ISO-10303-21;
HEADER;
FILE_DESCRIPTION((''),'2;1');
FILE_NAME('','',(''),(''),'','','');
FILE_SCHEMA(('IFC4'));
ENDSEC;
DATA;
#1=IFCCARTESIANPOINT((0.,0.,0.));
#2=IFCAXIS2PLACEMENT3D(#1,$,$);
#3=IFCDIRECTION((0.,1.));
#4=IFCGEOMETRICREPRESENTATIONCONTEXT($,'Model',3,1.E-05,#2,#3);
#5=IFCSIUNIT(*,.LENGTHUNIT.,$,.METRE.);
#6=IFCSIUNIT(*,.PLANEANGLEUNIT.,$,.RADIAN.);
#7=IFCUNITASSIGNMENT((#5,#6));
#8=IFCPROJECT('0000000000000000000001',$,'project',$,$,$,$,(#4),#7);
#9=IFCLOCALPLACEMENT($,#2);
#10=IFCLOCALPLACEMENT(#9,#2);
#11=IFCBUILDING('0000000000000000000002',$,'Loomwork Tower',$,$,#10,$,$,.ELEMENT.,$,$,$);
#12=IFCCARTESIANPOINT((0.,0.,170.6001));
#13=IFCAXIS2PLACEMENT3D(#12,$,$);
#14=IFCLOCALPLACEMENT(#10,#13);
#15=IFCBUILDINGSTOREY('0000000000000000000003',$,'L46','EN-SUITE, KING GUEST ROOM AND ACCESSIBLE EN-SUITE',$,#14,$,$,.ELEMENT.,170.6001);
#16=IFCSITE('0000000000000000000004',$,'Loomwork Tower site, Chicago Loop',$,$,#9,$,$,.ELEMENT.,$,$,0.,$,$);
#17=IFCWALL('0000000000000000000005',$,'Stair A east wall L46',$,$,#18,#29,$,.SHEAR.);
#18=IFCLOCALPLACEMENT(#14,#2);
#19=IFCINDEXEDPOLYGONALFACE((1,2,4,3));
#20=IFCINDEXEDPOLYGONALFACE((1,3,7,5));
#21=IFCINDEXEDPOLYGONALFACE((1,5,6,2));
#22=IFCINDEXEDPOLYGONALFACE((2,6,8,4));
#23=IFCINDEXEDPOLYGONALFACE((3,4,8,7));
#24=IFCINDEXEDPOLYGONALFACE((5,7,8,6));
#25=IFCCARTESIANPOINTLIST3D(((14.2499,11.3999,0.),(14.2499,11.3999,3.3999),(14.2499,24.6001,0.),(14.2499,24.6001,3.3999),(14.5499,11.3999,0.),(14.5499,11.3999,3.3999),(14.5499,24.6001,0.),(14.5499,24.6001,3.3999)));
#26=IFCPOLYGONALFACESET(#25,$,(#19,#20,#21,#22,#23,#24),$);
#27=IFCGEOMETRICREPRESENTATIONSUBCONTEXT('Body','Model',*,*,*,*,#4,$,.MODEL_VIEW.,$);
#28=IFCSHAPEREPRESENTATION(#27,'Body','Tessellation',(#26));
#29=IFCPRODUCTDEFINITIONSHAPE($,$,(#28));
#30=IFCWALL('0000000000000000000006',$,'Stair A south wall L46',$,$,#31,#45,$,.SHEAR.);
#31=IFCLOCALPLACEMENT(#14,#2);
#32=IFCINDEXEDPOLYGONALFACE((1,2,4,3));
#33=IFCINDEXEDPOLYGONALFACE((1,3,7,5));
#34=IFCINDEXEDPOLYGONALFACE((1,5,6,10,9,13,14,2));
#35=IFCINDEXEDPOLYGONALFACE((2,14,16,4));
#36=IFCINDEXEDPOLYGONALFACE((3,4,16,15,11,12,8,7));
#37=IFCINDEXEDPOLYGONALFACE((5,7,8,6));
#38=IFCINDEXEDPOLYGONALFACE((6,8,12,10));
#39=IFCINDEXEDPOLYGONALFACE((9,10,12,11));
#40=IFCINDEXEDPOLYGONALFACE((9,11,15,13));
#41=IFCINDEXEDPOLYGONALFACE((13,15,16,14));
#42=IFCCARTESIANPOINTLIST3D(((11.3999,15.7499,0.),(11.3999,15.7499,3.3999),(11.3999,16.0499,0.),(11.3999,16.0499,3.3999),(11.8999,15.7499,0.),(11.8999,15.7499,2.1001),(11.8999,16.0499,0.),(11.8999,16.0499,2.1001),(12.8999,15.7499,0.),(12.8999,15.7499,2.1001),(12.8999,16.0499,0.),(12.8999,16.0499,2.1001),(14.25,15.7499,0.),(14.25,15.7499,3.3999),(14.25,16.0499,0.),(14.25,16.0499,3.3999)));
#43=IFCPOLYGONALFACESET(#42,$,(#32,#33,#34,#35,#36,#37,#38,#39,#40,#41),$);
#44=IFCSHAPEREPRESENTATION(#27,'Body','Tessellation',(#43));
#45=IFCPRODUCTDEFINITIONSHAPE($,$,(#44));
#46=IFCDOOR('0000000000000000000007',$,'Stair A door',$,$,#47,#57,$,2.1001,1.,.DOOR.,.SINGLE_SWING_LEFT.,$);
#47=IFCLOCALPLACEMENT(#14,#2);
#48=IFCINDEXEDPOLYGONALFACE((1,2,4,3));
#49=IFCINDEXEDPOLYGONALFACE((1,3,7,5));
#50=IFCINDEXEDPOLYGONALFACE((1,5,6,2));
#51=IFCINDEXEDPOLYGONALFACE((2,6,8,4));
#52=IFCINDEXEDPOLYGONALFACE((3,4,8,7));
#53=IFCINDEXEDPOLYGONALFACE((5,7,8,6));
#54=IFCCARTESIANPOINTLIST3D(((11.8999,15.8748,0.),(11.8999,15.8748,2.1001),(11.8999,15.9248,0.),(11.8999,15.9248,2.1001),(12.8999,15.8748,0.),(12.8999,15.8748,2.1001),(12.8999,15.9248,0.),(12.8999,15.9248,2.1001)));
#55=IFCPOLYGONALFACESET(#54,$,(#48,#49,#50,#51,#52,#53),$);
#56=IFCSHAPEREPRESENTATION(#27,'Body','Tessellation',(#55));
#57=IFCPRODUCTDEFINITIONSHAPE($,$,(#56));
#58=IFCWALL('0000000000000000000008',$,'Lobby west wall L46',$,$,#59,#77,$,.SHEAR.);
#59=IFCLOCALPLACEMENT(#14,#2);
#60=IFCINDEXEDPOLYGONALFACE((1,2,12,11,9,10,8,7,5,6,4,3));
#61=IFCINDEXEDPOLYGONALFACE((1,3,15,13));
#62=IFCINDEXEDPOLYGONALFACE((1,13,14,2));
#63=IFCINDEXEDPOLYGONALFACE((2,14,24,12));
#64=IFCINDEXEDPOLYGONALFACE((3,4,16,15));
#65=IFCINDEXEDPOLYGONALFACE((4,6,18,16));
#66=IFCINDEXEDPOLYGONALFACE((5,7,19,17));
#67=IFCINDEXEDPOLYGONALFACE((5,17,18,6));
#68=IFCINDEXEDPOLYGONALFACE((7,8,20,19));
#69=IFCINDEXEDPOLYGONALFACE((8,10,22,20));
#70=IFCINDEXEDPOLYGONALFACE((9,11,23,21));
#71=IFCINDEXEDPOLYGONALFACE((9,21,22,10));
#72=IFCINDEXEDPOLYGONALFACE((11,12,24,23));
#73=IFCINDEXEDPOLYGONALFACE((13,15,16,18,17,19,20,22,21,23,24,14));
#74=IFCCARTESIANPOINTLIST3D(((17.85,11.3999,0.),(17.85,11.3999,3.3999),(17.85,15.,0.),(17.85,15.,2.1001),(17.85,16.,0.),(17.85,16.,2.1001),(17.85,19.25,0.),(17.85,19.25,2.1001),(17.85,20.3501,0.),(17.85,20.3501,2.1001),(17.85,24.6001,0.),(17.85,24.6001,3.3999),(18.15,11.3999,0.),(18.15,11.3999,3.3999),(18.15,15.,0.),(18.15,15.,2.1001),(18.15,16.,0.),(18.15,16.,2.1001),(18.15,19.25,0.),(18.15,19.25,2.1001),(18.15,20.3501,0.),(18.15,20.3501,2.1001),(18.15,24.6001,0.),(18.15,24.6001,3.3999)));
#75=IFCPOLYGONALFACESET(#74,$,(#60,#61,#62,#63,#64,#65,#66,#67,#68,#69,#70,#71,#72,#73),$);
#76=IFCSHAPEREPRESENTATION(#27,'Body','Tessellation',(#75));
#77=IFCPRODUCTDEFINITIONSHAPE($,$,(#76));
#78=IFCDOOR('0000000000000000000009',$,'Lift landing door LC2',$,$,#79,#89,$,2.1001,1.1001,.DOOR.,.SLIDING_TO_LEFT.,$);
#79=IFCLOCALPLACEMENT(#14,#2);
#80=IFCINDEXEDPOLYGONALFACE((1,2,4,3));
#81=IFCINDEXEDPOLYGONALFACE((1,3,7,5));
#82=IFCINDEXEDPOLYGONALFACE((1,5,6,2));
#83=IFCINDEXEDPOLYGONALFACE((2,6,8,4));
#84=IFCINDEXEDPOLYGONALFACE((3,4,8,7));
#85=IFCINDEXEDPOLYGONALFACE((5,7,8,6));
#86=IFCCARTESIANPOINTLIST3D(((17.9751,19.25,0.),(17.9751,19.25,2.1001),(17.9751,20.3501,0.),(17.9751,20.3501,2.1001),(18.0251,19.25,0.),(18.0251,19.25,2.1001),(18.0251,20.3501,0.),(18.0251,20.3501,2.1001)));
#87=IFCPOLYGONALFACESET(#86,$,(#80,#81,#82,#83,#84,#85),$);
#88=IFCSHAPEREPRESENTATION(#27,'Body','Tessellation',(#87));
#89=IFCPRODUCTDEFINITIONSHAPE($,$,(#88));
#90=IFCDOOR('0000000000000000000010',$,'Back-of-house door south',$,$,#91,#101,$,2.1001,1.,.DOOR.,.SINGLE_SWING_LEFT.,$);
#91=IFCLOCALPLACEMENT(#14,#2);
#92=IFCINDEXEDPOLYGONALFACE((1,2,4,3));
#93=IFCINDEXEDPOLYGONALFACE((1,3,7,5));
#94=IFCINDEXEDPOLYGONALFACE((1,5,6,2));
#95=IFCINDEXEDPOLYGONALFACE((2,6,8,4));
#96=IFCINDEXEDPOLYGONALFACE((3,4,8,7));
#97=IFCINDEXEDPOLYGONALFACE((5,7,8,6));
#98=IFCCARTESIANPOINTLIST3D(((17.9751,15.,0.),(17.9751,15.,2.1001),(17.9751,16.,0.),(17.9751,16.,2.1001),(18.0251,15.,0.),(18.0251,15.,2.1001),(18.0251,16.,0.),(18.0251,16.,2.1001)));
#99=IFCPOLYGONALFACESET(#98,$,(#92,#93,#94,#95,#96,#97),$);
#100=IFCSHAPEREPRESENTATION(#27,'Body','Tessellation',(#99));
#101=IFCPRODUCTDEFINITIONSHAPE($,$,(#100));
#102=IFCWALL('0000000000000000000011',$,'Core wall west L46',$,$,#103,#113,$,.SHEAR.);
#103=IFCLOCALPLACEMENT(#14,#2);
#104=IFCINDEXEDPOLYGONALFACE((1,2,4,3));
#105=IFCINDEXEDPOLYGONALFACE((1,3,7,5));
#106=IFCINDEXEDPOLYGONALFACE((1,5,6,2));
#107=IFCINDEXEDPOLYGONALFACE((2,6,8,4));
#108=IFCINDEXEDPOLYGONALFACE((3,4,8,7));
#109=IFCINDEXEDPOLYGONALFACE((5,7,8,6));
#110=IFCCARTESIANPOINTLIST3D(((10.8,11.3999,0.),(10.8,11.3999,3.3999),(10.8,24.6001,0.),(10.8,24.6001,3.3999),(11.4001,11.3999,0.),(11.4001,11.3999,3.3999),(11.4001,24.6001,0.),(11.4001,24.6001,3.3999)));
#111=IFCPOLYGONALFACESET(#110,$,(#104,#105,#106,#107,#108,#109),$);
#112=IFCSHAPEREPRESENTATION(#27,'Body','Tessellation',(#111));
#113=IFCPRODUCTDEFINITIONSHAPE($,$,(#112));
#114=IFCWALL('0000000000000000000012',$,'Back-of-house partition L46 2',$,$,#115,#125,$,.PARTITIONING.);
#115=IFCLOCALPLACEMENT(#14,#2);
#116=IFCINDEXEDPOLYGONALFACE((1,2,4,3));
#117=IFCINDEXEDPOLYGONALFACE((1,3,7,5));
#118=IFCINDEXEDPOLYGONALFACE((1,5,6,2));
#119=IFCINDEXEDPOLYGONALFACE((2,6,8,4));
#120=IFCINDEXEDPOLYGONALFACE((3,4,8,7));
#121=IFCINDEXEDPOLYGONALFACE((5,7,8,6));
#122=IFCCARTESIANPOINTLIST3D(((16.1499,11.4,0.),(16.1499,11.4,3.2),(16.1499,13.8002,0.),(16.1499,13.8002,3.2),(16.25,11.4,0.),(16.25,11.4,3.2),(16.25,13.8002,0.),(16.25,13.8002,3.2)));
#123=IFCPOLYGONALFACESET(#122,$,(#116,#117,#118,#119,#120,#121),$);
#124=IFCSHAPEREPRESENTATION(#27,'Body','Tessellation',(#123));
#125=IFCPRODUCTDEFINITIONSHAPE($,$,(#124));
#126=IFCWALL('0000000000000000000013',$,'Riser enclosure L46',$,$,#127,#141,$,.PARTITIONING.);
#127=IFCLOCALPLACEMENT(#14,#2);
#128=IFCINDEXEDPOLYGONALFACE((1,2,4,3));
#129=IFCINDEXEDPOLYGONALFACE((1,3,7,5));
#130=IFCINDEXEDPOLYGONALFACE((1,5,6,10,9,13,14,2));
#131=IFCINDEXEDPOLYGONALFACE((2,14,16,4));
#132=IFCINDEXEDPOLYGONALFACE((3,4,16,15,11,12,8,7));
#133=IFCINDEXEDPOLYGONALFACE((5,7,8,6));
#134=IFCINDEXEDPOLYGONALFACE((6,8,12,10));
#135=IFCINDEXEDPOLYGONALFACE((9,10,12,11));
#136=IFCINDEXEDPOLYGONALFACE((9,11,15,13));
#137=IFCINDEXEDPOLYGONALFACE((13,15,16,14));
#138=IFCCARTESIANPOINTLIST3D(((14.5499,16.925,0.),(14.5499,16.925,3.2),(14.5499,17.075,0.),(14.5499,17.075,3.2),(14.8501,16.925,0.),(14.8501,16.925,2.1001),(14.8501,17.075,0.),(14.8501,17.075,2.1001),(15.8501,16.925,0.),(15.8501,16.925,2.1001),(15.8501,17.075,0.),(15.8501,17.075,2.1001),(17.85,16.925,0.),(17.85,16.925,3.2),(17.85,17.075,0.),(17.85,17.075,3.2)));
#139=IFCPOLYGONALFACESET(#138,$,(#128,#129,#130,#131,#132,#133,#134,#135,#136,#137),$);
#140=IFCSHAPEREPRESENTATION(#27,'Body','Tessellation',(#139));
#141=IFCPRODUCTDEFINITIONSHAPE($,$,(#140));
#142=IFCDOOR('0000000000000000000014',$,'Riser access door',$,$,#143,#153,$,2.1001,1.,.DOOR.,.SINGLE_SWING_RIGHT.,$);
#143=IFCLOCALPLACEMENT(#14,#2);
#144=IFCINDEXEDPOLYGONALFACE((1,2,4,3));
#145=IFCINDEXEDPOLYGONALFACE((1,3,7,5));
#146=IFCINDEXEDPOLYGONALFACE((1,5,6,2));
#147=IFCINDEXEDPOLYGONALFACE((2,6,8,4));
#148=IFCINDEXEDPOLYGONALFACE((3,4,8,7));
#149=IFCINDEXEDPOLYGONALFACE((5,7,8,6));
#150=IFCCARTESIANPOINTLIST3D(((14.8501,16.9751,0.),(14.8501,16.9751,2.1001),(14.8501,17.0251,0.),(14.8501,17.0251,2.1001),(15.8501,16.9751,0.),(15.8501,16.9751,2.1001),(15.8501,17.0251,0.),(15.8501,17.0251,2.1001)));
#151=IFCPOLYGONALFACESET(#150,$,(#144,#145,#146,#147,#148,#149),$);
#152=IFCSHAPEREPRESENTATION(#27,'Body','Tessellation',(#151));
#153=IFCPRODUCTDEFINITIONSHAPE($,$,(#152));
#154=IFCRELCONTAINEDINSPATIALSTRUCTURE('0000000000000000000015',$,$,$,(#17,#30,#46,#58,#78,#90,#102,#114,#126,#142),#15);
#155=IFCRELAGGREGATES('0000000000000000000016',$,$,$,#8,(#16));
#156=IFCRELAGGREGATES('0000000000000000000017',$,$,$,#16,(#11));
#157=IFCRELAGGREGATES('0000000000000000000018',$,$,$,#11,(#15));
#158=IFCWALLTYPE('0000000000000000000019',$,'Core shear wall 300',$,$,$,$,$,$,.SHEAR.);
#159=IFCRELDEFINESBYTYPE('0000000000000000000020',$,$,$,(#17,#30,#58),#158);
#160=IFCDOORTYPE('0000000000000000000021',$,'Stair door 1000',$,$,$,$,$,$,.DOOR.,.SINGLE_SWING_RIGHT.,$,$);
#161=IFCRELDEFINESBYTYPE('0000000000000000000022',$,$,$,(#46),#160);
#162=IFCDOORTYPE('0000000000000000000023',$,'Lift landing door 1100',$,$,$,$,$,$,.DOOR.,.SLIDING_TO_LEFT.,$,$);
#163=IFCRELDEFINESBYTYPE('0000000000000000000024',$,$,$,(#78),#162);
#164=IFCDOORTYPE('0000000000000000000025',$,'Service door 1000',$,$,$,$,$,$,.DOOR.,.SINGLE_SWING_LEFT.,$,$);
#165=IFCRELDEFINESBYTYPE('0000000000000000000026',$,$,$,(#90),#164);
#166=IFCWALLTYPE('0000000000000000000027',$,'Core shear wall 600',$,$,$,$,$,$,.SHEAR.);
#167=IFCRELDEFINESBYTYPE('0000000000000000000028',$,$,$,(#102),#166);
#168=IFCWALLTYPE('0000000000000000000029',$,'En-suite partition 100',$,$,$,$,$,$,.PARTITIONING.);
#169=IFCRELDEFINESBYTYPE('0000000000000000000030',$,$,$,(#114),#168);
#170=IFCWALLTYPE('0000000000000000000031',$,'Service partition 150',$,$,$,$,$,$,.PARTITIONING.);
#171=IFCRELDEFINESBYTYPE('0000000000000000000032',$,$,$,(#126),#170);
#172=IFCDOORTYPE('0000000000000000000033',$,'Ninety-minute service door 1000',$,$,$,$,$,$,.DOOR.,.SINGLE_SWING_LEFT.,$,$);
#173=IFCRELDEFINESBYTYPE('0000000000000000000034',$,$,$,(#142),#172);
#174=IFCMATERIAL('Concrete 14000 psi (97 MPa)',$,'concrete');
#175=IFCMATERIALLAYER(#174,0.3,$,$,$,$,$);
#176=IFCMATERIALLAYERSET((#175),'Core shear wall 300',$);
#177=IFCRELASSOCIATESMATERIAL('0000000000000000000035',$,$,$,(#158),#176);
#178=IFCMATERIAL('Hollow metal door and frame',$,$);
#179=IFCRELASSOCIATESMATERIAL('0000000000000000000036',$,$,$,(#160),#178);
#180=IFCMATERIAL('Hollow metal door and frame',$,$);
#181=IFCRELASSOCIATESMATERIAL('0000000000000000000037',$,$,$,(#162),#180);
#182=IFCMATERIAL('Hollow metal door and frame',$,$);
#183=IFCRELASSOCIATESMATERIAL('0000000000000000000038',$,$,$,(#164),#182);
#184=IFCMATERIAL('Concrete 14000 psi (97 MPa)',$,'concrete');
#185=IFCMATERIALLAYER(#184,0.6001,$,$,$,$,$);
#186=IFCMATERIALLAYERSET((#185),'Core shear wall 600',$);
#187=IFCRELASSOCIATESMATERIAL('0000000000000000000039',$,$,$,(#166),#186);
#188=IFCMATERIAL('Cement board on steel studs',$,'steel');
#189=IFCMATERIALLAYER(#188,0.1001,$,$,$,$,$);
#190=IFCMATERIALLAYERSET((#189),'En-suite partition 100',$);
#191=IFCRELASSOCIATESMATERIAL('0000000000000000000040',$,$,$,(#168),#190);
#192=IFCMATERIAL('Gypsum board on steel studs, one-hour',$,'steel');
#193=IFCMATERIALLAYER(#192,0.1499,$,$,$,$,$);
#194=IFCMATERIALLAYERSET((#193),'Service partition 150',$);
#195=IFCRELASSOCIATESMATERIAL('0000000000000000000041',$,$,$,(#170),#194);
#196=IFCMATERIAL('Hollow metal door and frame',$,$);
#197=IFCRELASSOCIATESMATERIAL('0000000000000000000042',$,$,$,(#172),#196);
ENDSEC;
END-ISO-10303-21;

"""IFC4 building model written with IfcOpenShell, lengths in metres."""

from ifc_helpers import new_model, si_unit, direction, frame, frame_2d, origin, place, context, subcontext, project, spatial, rectangle, extrude, material, layer, layer_set, type_object, element, fill, save


model = new_model("IFC4")

# Units and contexts
model_context = context("Model", 3, precision=1e-05, world=origin(), true_north=direction((0.0, 1.0)))
body_context = subcontext(model_context, "Body", "Model", "MODEL_VIEW")
ifc_project = project(units=[si_unit("LENGTHUNIT", "METRE"), si_unit("PLANEANGLEUNIT", "RADIAN")], contexts=[model_context])

# Site, building, storey
site_placement = place(None, origin())
site = spatial("IfcSite", under=ifc_project, at=site_placement, Name="Loomwork Tower site, Chicago Loop", CompositionType="ELEMENT", RefElevation=0.0)
building_placement = place(site_placement, origin())
building = spatial("IfcBuilding", under=site, at=building_placement, Name="Loomwork Tower", CompositionType="ELEMENT")
storey_placement = place(building_placement, frame((0.0, 0.0, 170.6001)))
storey = spatial("IfcBuildingStorey", under=building, at=storey_placement, Name="L46", Description="EN-SUITE, KING GUEST ROOM AND ACCESSIBLE EN-SUITE", CompositionType="ELEMENT", Elevation=170.6001)

# Wall
ifc_material_1 = material(Name="Concrete 14000 psi (97 MPa)", Category="concrete")
ifc_layer_1 = layer(ifc_material_1, 0.3)
ifc_layer_set_1 = layer_set([ifc_layer_1], Name="Core shear wall 300")
wall_type_1 = type_object("IfcWallType", Name="Core shear wall 300", PredefinedType="SHEAR", material=ifc_layer_set_1)
wall_1_placement = place(storey_placement, frame((14.3999, 11.3999, 0.0), z_axis=(0.0, 0.0, 1.0), x_axis=(0.0, 1.0, 0.0)))
element("IfcWall", 1, at=wall_1_placement, inside=storey, type_object=wall_type_1, Name="Stair A east wall L46", PredefinedType="SHEAR", context=body_context, shape_type="SweptSolid", body=[
    extrude(rectangle(XDim=13.2002, YDim=0.3, at=frame_2d((6.6001, 0.0))), origin(), (0.0, 0.0, 1.0), 3.3999),
])

# Wall, opening, door
wall_2_placement = place(storey_placement, frame((11.3999, 15.8999, 0.0), z_axis=(0.0, 0.0, 1.0), x_axis=(1.0, 0.0, 0.0)))
wall_2 = element("IfcWall", 2, at=wall_2_placement, inside=storey, type_object=wall_type_1, Name="Stair A south wall L46", PredefinedType="SHEAR", context=body_context, shape_type="SweptSolid", body=[
    extrude(rectangle(XDim=2.8501, YDim=0.3, at=frame_2d((1.425, 0.0))), origin(), (0.0, 0.0, 1.0), 3.3999),
])
opening_1_placement = place(wall_2_placement, frame((0.5, 0.0, 0.0)))
opening_1 = element("IfcOpeningElement", 3, at=opening_1_placement, cuts=wall_2, PredefinedType="OPENING", context=body_context, shape_type="SweptSolid", body=[
    extrude(rectangle(XDim=1.0, YDim=2.1001, at=frame_2d((0.5, 1.05))), frame((0.0, 0.1599, 0.0), z_axis=(0.0, -1.0, 0.0), x_axis=(1.0, 0.0, 0.0)), (0.0, 0.0, 1.0), 0.3201),
])
ifc_material_2 = material(Name="Hollow metal door and frame")
door_type_1 = type_object("IfcDoorType", Name="Stair door 1000", OperationType="SINGLE_SWING_RIGHT", PredefinedType="DOOR", material=ifc_material_2)
door_1_placement = place(opening_1_placement, origin())
door_1 = element("IfcDoor", 4, at=door_1_placement, inside=storey, type_object=door_type_1, Name="Stair A door", OperationType="SINGLE_SWING_LEFT", OverallHeight=2.1001, OverallWidth=1.0, PredefinedType="DOOR", context=body_context, shape_type="SweptSolid", body=[
    extrude(rectangle(XDim=1.0, YDim=2.1001, at=frame_2d((0.5, 1.05))), frame((0.0, 0.0249, 0.0), z_axis=(0.0, -1.0, 0.0), x_axis=(1.0, 0.0, 0.0)), (0.0, 0.0, 1.0), 0.05),
])
fill(opening_1, door_1)

# Wall, openings, doors
wall_3_placement = place(storey_placement, frame((18.0, 11.3999, 0.0), z_axis=(0.0, 0.0, 1.0), x_axis=(0.0, 1.0, 0.0)))
wall_3 = element("IfcWall", 5, at=wall_3_placement, inside=storey, type_object=wall_type_1, Name="Lobby west wall L46", PredefinedType="SHEAR", context=body_context, shape_type="SweptSolid", body=[
    extrude(rectangle(XDim=13.2002, YDim=0.3, at=frame_2d((6.6001, 0.0))), origin(), (0.0, 0.0, 1.0), 3.3999),
])
opening_2_placement = place(wall_3_placement, frame((3.6001, 0.0, 0.0)))
opening_2 = element("IfcOpeningElement", 6, at=opening_2_placement, cuts=wall_3, PredefinedType="OPENING", context=body_context, shape_type="SweptSolid", body=[
    extrude(rectangle(XDim=1.0, YDim=2.1001, at=frame_2d((0.5, 1.05))), frame((0.0, 0.1599, 0.0), z_axis=(0.0, -1.0, 0.0), x_axis=(1.0, 0.0, 0.0)), (0.0, 0.0, 1.0), 0.3201),
])
opening_3_placement = place(wall_3_placement, frame((7.8501, 0.0, 0.0)))
opening_3 = element("IfcOpeningElement", 7, at=opening_3_placement, cuts=wall_3, PredefinedType="OPENING", context=body_context, shape_type="SweptSolid", body=[
    extrude(rectangle(XDim=1.1001, YDim=2.1001, at=frame_2d((0.55, 1.05))), frame((0.0, 0.1599, 0.0), z_axis=(0.0, -1.0, 0.0), x_axis=(1.0, 0.0, 0.0)), (0.0, 0.0, 1.0), 0.3201),
])
ifc_material_3 = material(Name="Hollow metal door and frame")
door_type_2 = type_object("IfcDoorType", Name="Lift landing door 1100", OperationType="SLIDING_TO_LEFT", PredefinedType="DOOR", material=ifc_material_3)
door_2_placement = place(opening_3_placement, origin())
door_2 = element("IfcDoor", 8, at=door_2_placement, inside=storey, type_object=door_type_2, Name="Lift landing door LC2", OperationType="SLIDING_TO_LEFT", OverallHeight=2.1001, OverallWidth=1.1001, PredefinedType="DOOR", context=body_context, shape_type="SweptSolid", body=[
    extrude(rectangle(XDim=1.1001, YDim=2.1001, at=frame_2d((0.55, 1.05))), frame((0.0, 0.0249, 0.0), z_axis=(0.0, -1.0, 0.0), x_axis=(1.0, 0.0, 0.0)), (0.0, 0.0, 1.0), 0.05),
])
fill(opening_3, door_2)
ifc_material_4 = material(Name="Hollow metal door and frame")
door_type_3 = type_object("IfcDoorType", Name="Service door 1000", OperationType="SINGLE_SWING_LEFT", PredefinedType="DOOR", material=ifc_material_4)
door_3_placement = place(opening_2_placement, origin())
door_3 = element("IfcDoor", 9, at=door_3_placement, inside=storey, type_object=door_type_3, Name="Back-of-house door south", OperationType="SINGLE_SWING_LEFT", OverallHeight=2.1001, OverallWidth=1.0, PredefinedType="DOOR", context=body_context, shape_type="SweptSolid", body=[
    extrude(rectangle(XDim=1.0, YDim=2.1001, at=frame_2d((0.5, 1.05))), frame((0.0, 0.0249, 0.0), z_axis=(0.0, -1.0, 0.0), x_axis=(1.0, 0.0, 0.0)), (0.0, 0.0, 1.0), 0.05),
])
fill(opening_2, door_3)

# Walls
ifc_material_5 = material(Name="Concrete 14000 psi (97 MPa)", Category="concrete")
ifc_layer_2 = layer(ifc_material_5, 0.6001)
ifc_layer_set_2 = layer_set([ifc_layer_2], Name="Core shear wall 600")
wall_type_2 = type_object("IfcWallType", Name="Core shear wall 600", PredefinedType="SHEAR", material=ifc_layer_set_2)
wall_4_placement = place(storey_placement, frame((11.1001, 11.3999, 0.0), z_axis=(0.0, 0.0, 1.0), x_axis=(0.0, 1.0, 0.0)))
element("IfcWall", 10, at=wall_4_placement, inside=storey, type_object=wall_type_2, Name="Core wall west L46", PredefinedType="SHEAR", context=body_context, shape_type="SweptSolid", body=[
    extrude(rectangle(XDim=13.2002, YDim=0.6001, at=frame_2d((6.6001, 0.0))), origin(), (0.0, 0.0, 1.0), 3.3999),
])
ifc_material_6 = material(Name="Cement board on steel studs", Category="steel")
ifc_layer_3 = layer(ifc_material_6, 0.1001)
ifc_layer_set_3 = layer_set([ifc_layer_3], Name="En-suite partition 100")
wall_type_3 = type_object("IfcWallType", Name="En-suite partition 100", PredefinedType="PARTITIONING", material=ifc_layer_set_3)
wall_5_placement = place(storey_placement, frame((16.2, 11.3999, 0.0), z_axis=(0.0, 0.0, 1.0), x_axis=(0.0, 1.0, 0.0)))
element("IfcWall", 11, at=wall_5_placement, inside=storey, type_object=wall_type_3, Name="Back-of-house partition L46 2", PredefinedType="PARTITIONING", context=body_context, shape_type="SweptSolid", body=[
    extrude(rectangle(XDim=2.4001, YDim=0.1001, at=frame_2d((1.2002, 0.0))), origin(), (0.0, 0.0, 1.0), 3.2),
])

# Wall, opening, door
ifc_material_7 = material(Name="Gypsum board on steel studs, one-hour", Category="steel")
ifc_layer_4 = layer(ifc_material_7, 0.1499)
ifc_layer_set_4 = layer_set([ifc_layer_4], Name="Service partition 150")
wall_type_4 = type_object("IfcWallType", Name="Service partition 150", PredefinedType="PARTITIONING", material=ifc_layer_set_4)
wall_6_placement = place(storey_placement, frame((14.55, 17.0, 0.0), z_axis=(0.0, 0.0, 1.0), x_axis=(1.0, 0.0, 0.0)))
wall_6 = element("IfcWall", 12, at=wall_6_placement, inside=storey, type_object=wall_type_4, Name="Riser enclosure L46", PredefinedType="PARTITIONING", context=body_context, shape_type="SweptSolid", body=[
    extrude(rectangle(XDim=3.3, YDim=0.1499, at=frame_2d((1.6499, 0.0))), origin(), (0.0, 0.0, 1.0), 3.2),
])
opening_4_placement = place(wall_6_placement, frame((0.3, 0.0, 0.0)))
opening_4 = element("IfcOpeningElement", 13, at=opening_4_placement, cuts=wall_6, PredefinedType="OPENING", context=body_context, shape_type="SweptSolid", body=[
    extrude(rectangle(XDim=1.0, YDim=2.1001, at=frame_2d((0.5, 1.05))), frame((0.0, 0.085, 0.0), z_axis=(0.0, -1.0, 0.0), x_axis=(1.0, 0.0, 0.0)), (0.0, 0.0, 1.0), 0.1699),
])
ifc_material_8 = material(Name="Hollow metal door and frame")
door_type_4 = type_object("IfcDoorType", Name="Ninety-minute service door 1000", OperationType="SINGLE_SWING_LEFT", PredefinedType="DOOR", material=ifc_material_8)
door_4_placement = place(opening_4_placement, frame((1.0, 0.0, 0.0), z_axis=(0.0, 0.0, 1.0), x_axis=(-1.0, 0.0, 0.0)))
door_4 = element("IfcDoor", 14, at=door_4_placement, inside=storey, type_object=door_type_4, Name="Riser access door", OperationType="SINGLE_SWING_RIGHT", OverallHeight=2.1001, OverallWidth=1.0, PredefinedType="DOOR", context=body_context, shape_type="SweptSolid", body=[
    extrude(rectangle(XDim=1.0, YDim=2.1001, at=frame_2d((0.5, 1.05))), frame((0.0, 0.0249, 0.0), z_axis=(0.0, -1.0, 0.0), x_axis=(1.0, 0.0, 0.0)), (0.0, 0.0, 1.0), 0.05),
])
fill(opening_4, door_4)

save(model, "model.ifc")
